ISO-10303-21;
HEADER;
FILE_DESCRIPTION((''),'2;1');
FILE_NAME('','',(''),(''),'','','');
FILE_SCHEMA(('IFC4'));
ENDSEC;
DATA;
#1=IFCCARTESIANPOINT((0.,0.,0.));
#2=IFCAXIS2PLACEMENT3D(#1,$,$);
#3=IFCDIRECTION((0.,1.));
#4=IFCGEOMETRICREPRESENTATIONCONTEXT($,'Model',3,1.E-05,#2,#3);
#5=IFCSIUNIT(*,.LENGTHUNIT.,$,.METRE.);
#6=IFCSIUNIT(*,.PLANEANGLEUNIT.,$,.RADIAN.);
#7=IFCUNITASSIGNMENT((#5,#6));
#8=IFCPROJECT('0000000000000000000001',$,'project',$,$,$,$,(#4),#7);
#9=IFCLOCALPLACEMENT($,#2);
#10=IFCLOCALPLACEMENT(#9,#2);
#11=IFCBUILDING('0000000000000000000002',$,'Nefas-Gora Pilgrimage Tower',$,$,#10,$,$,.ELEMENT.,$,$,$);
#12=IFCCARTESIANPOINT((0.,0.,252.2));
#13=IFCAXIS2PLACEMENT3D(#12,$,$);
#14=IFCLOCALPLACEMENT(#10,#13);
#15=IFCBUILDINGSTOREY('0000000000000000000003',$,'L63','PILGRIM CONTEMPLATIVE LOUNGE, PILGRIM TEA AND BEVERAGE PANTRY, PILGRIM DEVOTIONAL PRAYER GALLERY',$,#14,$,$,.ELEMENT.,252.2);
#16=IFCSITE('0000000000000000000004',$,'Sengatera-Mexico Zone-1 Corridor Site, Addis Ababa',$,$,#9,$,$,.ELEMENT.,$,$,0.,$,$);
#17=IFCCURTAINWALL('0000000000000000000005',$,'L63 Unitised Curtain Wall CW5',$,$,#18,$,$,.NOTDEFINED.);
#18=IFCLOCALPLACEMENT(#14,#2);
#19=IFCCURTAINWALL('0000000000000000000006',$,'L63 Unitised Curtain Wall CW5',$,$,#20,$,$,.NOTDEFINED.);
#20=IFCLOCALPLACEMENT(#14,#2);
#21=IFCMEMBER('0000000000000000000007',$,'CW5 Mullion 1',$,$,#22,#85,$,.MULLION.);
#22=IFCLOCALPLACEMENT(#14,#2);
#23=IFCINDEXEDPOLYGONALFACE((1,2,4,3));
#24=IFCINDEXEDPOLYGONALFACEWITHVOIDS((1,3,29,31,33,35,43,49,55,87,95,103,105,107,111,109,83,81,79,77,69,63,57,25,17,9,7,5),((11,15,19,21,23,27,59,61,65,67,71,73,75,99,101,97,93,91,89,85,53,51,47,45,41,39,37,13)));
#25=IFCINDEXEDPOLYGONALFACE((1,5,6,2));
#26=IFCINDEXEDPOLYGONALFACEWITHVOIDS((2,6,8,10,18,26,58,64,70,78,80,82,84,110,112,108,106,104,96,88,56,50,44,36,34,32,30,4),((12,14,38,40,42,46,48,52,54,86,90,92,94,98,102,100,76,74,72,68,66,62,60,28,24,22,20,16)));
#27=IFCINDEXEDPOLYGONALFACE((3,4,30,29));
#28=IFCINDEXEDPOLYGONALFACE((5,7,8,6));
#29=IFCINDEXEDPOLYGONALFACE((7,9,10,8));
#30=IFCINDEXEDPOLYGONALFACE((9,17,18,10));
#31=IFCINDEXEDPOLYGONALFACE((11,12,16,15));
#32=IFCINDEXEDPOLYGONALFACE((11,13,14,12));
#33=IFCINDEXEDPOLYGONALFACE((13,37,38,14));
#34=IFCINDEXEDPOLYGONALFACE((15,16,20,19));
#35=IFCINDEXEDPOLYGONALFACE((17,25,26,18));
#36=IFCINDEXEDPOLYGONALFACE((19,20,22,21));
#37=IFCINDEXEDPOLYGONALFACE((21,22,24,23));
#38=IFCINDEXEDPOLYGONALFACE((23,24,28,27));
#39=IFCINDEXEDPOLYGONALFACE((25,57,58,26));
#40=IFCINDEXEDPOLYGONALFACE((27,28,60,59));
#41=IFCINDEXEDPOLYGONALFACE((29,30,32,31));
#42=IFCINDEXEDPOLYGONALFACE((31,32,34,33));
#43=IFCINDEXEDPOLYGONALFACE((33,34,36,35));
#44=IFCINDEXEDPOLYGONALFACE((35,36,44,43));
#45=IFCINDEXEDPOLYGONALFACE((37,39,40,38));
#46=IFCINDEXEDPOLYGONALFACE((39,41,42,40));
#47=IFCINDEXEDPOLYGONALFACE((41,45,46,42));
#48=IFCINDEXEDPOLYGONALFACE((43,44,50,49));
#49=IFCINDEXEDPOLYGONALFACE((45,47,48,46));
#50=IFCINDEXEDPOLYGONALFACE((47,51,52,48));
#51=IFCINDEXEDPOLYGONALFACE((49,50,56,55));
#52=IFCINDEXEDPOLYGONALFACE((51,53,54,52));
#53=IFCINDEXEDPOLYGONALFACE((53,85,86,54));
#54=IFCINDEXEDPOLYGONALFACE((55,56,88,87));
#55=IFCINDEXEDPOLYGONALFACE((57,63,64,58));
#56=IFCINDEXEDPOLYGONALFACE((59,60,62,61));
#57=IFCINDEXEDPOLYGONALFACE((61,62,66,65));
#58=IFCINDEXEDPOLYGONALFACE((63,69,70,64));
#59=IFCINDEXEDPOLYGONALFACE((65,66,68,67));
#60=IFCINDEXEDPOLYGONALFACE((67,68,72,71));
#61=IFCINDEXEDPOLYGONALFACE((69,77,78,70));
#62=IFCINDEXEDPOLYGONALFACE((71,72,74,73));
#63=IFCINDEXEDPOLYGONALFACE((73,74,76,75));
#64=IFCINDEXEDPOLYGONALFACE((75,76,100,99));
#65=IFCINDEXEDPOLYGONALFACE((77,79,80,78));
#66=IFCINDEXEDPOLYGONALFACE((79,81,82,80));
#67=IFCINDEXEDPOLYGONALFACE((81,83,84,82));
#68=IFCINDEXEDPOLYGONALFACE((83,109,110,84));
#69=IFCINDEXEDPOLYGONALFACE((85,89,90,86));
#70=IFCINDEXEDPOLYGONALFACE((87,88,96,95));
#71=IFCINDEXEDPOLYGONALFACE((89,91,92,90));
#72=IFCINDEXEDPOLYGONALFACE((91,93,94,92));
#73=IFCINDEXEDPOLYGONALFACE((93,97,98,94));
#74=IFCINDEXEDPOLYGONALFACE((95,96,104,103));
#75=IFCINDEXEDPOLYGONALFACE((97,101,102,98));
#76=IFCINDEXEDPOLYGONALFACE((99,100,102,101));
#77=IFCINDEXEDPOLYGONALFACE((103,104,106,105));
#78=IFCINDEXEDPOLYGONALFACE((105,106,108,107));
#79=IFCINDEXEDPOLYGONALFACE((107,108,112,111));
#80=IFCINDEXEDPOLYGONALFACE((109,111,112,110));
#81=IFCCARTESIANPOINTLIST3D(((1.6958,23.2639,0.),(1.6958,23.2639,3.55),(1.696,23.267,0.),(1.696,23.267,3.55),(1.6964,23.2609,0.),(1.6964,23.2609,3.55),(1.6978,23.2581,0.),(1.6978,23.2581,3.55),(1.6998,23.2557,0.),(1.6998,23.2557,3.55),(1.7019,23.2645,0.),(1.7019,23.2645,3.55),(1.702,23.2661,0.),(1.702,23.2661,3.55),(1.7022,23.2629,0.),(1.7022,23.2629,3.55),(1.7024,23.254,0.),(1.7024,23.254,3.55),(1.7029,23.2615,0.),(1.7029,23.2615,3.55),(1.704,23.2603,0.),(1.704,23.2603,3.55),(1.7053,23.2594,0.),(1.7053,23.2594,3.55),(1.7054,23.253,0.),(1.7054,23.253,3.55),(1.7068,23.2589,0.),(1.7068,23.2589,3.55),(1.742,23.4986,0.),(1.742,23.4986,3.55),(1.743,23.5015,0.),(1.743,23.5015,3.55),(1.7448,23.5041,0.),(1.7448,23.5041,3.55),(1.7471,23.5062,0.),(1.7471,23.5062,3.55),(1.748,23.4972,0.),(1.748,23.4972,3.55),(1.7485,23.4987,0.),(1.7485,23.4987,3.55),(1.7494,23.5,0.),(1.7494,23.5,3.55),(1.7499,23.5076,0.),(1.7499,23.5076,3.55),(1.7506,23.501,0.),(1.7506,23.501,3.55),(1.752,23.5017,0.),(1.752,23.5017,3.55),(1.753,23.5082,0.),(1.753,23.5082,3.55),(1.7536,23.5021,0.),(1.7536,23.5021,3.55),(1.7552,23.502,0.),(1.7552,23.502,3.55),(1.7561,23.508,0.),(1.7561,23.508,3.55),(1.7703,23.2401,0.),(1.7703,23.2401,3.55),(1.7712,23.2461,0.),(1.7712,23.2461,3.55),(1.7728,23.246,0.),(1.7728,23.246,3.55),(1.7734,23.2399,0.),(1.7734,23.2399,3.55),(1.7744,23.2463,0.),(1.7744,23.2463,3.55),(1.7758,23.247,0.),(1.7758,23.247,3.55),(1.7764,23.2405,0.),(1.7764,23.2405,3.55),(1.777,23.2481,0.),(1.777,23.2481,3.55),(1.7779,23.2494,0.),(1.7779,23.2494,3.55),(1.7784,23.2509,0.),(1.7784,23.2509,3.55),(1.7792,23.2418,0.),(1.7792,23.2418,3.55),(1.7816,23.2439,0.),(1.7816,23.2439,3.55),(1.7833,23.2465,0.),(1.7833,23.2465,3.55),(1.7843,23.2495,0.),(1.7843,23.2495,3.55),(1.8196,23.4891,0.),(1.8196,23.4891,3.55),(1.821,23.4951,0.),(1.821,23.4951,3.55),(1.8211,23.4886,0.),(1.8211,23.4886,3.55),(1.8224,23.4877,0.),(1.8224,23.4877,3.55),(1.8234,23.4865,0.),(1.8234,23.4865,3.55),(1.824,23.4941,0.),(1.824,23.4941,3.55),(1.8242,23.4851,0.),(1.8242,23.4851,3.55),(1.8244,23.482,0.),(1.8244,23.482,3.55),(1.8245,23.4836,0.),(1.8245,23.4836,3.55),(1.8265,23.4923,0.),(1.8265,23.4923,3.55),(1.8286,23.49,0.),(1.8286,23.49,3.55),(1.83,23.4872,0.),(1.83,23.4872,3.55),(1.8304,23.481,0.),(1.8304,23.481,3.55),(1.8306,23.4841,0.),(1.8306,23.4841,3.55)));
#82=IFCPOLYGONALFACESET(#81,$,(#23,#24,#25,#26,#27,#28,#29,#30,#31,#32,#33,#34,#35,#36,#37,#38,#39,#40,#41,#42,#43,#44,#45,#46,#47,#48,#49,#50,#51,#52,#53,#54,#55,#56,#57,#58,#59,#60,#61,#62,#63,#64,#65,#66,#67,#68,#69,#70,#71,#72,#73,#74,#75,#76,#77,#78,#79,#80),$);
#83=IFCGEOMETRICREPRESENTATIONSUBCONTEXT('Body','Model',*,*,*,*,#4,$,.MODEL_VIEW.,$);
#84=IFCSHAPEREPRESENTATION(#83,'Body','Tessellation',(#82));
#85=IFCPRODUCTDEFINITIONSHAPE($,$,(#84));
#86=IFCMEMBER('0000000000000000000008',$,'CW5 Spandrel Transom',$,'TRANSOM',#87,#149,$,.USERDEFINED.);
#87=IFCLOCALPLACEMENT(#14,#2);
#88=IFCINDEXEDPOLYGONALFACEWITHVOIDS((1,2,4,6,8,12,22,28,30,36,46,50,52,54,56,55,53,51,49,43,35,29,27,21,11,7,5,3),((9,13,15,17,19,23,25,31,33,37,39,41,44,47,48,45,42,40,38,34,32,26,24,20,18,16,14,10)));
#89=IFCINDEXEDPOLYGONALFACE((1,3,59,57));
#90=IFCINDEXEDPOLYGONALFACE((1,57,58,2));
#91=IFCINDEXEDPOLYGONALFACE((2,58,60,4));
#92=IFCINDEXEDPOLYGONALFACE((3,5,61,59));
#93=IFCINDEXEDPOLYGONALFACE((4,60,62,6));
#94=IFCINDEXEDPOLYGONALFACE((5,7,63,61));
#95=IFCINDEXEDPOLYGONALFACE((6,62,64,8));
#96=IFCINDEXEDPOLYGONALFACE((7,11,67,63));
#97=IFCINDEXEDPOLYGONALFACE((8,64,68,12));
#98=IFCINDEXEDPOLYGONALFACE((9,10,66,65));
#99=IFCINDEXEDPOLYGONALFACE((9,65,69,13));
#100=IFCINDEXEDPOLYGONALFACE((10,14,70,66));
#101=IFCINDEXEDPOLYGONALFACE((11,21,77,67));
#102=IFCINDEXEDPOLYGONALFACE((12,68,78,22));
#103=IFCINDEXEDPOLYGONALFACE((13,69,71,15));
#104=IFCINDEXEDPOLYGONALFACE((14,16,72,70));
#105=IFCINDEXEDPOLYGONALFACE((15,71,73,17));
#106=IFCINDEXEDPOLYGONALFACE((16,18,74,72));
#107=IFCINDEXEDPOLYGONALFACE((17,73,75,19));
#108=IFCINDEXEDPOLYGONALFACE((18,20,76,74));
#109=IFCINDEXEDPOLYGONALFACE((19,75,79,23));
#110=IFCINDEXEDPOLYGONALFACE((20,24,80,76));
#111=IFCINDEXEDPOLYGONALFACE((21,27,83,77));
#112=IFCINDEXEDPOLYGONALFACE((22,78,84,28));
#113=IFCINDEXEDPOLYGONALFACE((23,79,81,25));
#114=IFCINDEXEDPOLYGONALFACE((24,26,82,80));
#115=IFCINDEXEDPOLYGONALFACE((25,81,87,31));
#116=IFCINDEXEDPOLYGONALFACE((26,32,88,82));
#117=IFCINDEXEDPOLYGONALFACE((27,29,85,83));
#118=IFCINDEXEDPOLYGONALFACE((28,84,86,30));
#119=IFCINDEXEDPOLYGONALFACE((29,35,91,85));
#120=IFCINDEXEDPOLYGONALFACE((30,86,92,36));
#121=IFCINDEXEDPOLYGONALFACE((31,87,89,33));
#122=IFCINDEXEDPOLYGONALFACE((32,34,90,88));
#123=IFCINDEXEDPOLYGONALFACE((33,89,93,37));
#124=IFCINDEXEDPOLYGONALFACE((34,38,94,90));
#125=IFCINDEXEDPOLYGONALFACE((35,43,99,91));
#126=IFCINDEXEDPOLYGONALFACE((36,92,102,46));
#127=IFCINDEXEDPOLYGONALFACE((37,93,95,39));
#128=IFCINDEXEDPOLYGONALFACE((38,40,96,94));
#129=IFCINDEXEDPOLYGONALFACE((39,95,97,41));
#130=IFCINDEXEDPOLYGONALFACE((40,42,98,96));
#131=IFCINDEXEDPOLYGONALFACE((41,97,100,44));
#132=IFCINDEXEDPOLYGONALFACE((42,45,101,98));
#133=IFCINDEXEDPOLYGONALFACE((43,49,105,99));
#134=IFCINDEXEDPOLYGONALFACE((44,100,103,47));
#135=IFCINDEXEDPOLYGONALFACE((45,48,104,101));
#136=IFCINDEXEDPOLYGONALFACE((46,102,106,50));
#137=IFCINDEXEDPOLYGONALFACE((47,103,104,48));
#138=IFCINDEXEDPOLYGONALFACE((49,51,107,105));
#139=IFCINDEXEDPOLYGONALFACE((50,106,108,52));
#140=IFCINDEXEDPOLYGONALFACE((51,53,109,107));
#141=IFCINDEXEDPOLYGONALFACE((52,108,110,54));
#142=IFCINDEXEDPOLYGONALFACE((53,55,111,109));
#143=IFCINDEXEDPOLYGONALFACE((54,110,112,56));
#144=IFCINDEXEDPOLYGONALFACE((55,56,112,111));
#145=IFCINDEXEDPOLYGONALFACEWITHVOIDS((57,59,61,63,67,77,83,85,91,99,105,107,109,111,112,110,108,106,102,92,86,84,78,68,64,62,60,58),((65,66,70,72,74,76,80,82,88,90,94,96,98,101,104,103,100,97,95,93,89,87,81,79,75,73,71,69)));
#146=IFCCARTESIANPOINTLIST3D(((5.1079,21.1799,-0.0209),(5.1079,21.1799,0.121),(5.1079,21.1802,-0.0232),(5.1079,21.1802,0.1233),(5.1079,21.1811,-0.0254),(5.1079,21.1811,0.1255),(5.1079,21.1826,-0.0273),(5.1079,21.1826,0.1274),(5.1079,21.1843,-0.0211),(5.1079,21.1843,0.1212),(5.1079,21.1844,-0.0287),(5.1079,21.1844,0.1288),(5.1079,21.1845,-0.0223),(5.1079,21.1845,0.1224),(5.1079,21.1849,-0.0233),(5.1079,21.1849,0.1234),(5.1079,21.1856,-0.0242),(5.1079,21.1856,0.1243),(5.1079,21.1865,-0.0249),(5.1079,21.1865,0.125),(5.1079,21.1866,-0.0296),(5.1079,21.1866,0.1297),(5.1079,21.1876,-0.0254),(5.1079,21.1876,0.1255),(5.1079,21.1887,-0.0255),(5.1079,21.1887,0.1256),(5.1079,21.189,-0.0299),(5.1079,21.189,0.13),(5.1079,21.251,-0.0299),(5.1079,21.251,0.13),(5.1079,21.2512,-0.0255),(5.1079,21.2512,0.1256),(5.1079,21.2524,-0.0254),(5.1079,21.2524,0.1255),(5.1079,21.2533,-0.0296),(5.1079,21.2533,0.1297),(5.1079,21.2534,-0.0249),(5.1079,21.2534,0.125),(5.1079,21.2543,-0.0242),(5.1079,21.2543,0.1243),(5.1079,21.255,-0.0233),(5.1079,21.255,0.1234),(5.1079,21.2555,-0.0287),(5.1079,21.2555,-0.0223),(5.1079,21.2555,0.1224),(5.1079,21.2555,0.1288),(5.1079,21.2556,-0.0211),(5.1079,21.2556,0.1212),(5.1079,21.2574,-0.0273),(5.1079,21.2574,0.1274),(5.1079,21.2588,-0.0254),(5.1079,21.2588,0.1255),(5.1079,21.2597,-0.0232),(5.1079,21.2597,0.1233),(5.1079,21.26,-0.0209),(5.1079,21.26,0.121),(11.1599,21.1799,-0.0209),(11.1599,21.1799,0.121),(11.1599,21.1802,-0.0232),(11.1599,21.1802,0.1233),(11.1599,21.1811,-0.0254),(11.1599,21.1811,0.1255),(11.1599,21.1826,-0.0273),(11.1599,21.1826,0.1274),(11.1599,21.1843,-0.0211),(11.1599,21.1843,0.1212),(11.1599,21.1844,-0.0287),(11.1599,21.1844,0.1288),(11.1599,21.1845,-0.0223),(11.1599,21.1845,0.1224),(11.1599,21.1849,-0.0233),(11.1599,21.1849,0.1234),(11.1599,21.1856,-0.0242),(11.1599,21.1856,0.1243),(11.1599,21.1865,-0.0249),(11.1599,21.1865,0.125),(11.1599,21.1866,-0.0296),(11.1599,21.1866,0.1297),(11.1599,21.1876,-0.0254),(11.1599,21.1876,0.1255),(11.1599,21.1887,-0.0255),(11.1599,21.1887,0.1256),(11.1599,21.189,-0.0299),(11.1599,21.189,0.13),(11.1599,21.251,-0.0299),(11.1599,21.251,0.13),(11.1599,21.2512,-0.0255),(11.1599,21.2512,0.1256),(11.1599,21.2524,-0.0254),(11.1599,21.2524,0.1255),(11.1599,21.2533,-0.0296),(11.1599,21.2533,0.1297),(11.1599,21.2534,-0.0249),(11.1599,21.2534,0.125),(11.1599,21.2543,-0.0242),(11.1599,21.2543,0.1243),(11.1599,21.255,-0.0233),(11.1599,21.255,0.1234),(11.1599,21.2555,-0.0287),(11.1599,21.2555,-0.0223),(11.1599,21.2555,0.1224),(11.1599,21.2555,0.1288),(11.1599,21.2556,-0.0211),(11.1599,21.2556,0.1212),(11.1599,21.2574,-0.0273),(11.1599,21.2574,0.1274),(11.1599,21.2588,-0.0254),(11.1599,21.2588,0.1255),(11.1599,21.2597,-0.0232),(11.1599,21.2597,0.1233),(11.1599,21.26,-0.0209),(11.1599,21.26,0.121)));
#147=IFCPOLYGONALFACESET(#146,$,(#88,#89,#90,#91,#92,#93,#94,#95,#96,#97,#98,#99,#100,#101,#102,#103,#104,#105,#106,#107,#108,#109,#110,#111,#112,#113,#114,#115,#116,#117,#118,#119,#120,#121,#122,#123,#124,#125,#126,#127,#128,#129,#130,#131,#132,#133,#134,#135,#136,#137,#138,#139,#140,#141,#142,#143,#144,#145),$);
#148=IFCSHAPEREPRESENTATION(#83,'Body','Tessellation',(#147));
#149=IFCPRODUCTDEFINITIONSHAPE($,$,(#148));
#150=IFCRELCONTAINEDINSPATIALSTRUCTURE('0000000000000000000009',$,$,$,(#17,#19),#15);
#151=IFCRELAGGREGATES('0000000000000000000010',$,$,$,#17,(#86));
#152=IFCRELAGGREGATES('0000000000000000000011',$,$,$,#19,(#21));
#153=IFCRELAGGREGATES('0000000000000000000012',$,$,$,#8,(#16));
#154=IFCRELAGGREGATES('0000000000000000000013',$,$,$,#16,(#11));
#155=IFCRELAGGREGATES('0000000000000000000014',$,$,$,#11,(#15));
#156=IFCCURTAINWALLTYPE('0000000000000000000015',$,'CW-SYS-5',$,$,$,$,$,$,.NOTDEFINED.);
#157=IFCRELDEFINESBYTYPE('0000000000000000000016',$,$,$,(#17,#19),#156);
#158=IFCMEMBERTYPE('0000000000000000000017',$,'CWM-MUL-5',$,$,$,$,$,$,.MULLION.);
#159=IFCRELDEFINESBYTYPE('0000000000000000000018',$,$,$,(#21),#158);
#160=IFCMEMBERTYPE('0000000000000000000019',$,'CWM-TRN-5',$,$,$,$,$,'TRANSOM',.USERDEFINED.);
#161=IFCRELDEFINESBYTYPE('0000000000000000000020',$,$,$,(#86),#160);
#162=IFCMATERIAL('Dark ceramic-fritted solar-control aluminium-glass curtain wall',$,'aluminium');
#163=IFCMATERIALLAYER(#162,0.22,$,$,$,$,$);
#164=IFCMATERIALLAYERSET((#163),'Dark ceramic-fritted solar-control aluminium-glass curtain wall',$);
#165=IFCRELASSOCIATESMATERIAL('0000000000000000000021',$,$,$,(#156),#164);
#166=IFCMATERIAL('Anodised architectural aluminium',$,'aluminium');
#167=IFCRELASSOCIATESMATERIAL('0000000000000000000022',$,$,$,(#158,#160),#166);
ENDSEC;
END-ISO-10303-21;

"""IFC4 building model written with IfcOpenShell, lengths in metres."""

from ifc_helpers import new_model, si_unit, direction, frame, origin, origin_2d, place, context, subcontext, project, spatial, hollow_rectangle, extrude, source, transform, mapped, material, layer, layer_set, material_profile, profile_set, type_object, element, aggregate, save


model = new_model("IFC4")

# Units and contexts
model_context = context("Model", 3, precision=1e-05, world=origin(), true_north=direction((0.0, 1.0)))
body_context = subcontext(model_context, "Body", "Model", "MODEL_VIEW")
ifc_project = project(units=[si_unit("LENGTHUNIT", "METRE"), si_unit("PLANEANGLEUNIT", "RADIAN")], contexts=[model_context])

# Site, building, storey
site_placement = place(None, origin())
site = spatial("IfcSite", under=ifc_project, at=site_placement, Name="Sengatera-Mexico Zone-1 Corridor Site, Addis Ababa", CompositionType="ELEMENT", RefElevation=0.0)
building_placement = place(site_placement, origin())
building = spatial("IfcBuilding", under=site, at=building_placement, Name="Nefas-Gora Pilgrimage Tower", CompositionType="ELEMENT")
storey_placement = place(building_placement, frame((0.0, 0.0, 252.2)))
storey = spatial("IfcBuildingStorey", under=building, at=storey_placement, Name="L63", Description="PILGRIM CONTEMPLATIVE LOUNGE, PILGRIM TEA AND BEVERAGE PANTRY, PILGRIM DEVOTIONAL PRAYER GALLERY", CompositionType="ELEMENT", Elevation=252.2)

# Curtain wall
ifc_material_1 = material(Name="Dark ceramic-fritted solar-control aluminium-glass curtain wall", Category="aluminium")
ifc_layer_1 = layer(ifc_material_1, 0.22)
ifc_layer_set_1 = layer_set([ifc_layer_1], Name="Dark ceramic-fritted solar-control aluminium-glass curtain wall")
curtain_wall_type_1 = type_object("IfcCurtainWallType", Name="CW-SYS-5", PredefinedType="NOTDEFINED", material=ifc_layer_set_1)
curtain_wall_1_placement = place(storey_placement, origin())
curtain_wall_1 = element("IfcCurtainWall", 1, at=curtain_wall_1_placement, inside=storey, type_object=curtain_wall_type_1, Name="L63 Unitised Curtain Wall CW5", PredefinedType="NOTDEFINED")
ifc_material_2 = material(Name="Anodised architectural aluminium", Category="aluminium")
ifc_material_profile_1 = material_profile(ifc_material_2, hollow_rectangle(XDim=0.0901, YDim=0.26, WallThickness=0.0061, InnerFilletRadius=0.0061, OuterFilletRadius=0.012, at=origin_2d()), Name="ALU MULLION 90x260")
ifc_profile_set_1 = profile_set([ifc_material_profile_1], Name="Anodised architectural aluminium")
member_type_1 = type_object("IfcMemberType", Name="CWM-MUL-5", PredefinedType="MULLION", material=ifc_profile_set_1)
shared_shape_1 = source(origin(), body_context, "Body", "SweptSolid", [
    extrude(hollow_rectangle(XDim=0.0901, YDim=0.26, WallThickness=0.0061, InnerFilletRadius=0.0061, OuterFilletRadius=0.012, at=origin_2d()), origin(), (0.0, 0.0, 1.0), 3.55),
])

# Curtain wall, member
curtain_wall_2_placement = place(storey_placement, origin())
curtain_wall_2 = element("IfcCurtainWall", 2, at=curtain_wall_2_placement, inside=storey, type_object=curtain_wall_type_1, Name="L63 Unitised Curtain Wall CW5", PredefinedType="NOTDEFINED")
member_1_placement = place(storey_placement, frame((1.7632, 23.374, 0.0), z_axis=(0.0, 0.0, 1.0), x_axis=(-0.980783, 0.195102, 0.0)))
member_1 = element("IfcMember", 3, at=member_1_placement, type_object=member_type_1, Name="CW5 Mullion 1", PredefinedType="MULLION", context=body_context, shape_type="MappedRepresentation", body=[
    mapped(shared_shape_1, transform((0.0, 0.0, 0.0), x_axis=(1.0, 0.0, 0.0), y_axis=(0.0, 1.0, 0.0), z_axis=(0.0, 0.0, 1.0), scale=1.0)),
])

# Member
ifc_material_profile_2 = material_profile(ifc_material_2, hollow_rectangle(XDim=0.0801, YDim=0.1599, WallThickness=0.0044, InnerFilletRadius=0.0044, OuterFilletRadius=0.009, at=origin_2d()), Name="ALU TRANSOM 80x160")
ifc_profile_set_2 = profile_set([ifc_material_profile_2], Name="Anodised architectural aluminium")
member_type_2 = type_object("IfcMemberType", Name="CWM-TRN-5", ElementType="TRANSOM", PredefinedType="USERDEFINED", material=ifc_profile_set_2)
shared_shape_2 = source(origin(), body_context, "Body", "SweptSolid", [
    extrude(hollow_rectangle(XDim=0.0801, YDim=0.1599, WallThickness=0.0044, InnerFilletRadius=0.0044, OuterFilletRadius=0.009, at=origin_2d()), origin(), (0.0, 0.0, 1.0), 6.052),
])
member_2_placement = place(storey_placement, frame((11.1599, 21.22, 0.05), z_axis=(-1.0, 0.0, 0.0), x_axis=(0.0, -1.0, 0.0)))
member_2 = element("IfcMember", 4, at=member_2_placement, type_object=member_type_2, Name="CW5 Spandrel Transom", ObjectType="TRANSOM", PredefinedType="USERDEFINED", context=body_context, shape_type="MappedRepresentation", body=[
    mapped(shared_shape_2, transform((0.0, 0.0, 0.0), x_axis=(1.0, 0.0, 0.0), y_axis=(0.0, 1.0, 0.0), z_axis=(0.0, 0.0, 1.0), scale=1.0)),
])

aggregate(curtain_wall_1, [member_2])
aggregate(curtain_wall_2, [member_1])

save(model, "model.ifc")
